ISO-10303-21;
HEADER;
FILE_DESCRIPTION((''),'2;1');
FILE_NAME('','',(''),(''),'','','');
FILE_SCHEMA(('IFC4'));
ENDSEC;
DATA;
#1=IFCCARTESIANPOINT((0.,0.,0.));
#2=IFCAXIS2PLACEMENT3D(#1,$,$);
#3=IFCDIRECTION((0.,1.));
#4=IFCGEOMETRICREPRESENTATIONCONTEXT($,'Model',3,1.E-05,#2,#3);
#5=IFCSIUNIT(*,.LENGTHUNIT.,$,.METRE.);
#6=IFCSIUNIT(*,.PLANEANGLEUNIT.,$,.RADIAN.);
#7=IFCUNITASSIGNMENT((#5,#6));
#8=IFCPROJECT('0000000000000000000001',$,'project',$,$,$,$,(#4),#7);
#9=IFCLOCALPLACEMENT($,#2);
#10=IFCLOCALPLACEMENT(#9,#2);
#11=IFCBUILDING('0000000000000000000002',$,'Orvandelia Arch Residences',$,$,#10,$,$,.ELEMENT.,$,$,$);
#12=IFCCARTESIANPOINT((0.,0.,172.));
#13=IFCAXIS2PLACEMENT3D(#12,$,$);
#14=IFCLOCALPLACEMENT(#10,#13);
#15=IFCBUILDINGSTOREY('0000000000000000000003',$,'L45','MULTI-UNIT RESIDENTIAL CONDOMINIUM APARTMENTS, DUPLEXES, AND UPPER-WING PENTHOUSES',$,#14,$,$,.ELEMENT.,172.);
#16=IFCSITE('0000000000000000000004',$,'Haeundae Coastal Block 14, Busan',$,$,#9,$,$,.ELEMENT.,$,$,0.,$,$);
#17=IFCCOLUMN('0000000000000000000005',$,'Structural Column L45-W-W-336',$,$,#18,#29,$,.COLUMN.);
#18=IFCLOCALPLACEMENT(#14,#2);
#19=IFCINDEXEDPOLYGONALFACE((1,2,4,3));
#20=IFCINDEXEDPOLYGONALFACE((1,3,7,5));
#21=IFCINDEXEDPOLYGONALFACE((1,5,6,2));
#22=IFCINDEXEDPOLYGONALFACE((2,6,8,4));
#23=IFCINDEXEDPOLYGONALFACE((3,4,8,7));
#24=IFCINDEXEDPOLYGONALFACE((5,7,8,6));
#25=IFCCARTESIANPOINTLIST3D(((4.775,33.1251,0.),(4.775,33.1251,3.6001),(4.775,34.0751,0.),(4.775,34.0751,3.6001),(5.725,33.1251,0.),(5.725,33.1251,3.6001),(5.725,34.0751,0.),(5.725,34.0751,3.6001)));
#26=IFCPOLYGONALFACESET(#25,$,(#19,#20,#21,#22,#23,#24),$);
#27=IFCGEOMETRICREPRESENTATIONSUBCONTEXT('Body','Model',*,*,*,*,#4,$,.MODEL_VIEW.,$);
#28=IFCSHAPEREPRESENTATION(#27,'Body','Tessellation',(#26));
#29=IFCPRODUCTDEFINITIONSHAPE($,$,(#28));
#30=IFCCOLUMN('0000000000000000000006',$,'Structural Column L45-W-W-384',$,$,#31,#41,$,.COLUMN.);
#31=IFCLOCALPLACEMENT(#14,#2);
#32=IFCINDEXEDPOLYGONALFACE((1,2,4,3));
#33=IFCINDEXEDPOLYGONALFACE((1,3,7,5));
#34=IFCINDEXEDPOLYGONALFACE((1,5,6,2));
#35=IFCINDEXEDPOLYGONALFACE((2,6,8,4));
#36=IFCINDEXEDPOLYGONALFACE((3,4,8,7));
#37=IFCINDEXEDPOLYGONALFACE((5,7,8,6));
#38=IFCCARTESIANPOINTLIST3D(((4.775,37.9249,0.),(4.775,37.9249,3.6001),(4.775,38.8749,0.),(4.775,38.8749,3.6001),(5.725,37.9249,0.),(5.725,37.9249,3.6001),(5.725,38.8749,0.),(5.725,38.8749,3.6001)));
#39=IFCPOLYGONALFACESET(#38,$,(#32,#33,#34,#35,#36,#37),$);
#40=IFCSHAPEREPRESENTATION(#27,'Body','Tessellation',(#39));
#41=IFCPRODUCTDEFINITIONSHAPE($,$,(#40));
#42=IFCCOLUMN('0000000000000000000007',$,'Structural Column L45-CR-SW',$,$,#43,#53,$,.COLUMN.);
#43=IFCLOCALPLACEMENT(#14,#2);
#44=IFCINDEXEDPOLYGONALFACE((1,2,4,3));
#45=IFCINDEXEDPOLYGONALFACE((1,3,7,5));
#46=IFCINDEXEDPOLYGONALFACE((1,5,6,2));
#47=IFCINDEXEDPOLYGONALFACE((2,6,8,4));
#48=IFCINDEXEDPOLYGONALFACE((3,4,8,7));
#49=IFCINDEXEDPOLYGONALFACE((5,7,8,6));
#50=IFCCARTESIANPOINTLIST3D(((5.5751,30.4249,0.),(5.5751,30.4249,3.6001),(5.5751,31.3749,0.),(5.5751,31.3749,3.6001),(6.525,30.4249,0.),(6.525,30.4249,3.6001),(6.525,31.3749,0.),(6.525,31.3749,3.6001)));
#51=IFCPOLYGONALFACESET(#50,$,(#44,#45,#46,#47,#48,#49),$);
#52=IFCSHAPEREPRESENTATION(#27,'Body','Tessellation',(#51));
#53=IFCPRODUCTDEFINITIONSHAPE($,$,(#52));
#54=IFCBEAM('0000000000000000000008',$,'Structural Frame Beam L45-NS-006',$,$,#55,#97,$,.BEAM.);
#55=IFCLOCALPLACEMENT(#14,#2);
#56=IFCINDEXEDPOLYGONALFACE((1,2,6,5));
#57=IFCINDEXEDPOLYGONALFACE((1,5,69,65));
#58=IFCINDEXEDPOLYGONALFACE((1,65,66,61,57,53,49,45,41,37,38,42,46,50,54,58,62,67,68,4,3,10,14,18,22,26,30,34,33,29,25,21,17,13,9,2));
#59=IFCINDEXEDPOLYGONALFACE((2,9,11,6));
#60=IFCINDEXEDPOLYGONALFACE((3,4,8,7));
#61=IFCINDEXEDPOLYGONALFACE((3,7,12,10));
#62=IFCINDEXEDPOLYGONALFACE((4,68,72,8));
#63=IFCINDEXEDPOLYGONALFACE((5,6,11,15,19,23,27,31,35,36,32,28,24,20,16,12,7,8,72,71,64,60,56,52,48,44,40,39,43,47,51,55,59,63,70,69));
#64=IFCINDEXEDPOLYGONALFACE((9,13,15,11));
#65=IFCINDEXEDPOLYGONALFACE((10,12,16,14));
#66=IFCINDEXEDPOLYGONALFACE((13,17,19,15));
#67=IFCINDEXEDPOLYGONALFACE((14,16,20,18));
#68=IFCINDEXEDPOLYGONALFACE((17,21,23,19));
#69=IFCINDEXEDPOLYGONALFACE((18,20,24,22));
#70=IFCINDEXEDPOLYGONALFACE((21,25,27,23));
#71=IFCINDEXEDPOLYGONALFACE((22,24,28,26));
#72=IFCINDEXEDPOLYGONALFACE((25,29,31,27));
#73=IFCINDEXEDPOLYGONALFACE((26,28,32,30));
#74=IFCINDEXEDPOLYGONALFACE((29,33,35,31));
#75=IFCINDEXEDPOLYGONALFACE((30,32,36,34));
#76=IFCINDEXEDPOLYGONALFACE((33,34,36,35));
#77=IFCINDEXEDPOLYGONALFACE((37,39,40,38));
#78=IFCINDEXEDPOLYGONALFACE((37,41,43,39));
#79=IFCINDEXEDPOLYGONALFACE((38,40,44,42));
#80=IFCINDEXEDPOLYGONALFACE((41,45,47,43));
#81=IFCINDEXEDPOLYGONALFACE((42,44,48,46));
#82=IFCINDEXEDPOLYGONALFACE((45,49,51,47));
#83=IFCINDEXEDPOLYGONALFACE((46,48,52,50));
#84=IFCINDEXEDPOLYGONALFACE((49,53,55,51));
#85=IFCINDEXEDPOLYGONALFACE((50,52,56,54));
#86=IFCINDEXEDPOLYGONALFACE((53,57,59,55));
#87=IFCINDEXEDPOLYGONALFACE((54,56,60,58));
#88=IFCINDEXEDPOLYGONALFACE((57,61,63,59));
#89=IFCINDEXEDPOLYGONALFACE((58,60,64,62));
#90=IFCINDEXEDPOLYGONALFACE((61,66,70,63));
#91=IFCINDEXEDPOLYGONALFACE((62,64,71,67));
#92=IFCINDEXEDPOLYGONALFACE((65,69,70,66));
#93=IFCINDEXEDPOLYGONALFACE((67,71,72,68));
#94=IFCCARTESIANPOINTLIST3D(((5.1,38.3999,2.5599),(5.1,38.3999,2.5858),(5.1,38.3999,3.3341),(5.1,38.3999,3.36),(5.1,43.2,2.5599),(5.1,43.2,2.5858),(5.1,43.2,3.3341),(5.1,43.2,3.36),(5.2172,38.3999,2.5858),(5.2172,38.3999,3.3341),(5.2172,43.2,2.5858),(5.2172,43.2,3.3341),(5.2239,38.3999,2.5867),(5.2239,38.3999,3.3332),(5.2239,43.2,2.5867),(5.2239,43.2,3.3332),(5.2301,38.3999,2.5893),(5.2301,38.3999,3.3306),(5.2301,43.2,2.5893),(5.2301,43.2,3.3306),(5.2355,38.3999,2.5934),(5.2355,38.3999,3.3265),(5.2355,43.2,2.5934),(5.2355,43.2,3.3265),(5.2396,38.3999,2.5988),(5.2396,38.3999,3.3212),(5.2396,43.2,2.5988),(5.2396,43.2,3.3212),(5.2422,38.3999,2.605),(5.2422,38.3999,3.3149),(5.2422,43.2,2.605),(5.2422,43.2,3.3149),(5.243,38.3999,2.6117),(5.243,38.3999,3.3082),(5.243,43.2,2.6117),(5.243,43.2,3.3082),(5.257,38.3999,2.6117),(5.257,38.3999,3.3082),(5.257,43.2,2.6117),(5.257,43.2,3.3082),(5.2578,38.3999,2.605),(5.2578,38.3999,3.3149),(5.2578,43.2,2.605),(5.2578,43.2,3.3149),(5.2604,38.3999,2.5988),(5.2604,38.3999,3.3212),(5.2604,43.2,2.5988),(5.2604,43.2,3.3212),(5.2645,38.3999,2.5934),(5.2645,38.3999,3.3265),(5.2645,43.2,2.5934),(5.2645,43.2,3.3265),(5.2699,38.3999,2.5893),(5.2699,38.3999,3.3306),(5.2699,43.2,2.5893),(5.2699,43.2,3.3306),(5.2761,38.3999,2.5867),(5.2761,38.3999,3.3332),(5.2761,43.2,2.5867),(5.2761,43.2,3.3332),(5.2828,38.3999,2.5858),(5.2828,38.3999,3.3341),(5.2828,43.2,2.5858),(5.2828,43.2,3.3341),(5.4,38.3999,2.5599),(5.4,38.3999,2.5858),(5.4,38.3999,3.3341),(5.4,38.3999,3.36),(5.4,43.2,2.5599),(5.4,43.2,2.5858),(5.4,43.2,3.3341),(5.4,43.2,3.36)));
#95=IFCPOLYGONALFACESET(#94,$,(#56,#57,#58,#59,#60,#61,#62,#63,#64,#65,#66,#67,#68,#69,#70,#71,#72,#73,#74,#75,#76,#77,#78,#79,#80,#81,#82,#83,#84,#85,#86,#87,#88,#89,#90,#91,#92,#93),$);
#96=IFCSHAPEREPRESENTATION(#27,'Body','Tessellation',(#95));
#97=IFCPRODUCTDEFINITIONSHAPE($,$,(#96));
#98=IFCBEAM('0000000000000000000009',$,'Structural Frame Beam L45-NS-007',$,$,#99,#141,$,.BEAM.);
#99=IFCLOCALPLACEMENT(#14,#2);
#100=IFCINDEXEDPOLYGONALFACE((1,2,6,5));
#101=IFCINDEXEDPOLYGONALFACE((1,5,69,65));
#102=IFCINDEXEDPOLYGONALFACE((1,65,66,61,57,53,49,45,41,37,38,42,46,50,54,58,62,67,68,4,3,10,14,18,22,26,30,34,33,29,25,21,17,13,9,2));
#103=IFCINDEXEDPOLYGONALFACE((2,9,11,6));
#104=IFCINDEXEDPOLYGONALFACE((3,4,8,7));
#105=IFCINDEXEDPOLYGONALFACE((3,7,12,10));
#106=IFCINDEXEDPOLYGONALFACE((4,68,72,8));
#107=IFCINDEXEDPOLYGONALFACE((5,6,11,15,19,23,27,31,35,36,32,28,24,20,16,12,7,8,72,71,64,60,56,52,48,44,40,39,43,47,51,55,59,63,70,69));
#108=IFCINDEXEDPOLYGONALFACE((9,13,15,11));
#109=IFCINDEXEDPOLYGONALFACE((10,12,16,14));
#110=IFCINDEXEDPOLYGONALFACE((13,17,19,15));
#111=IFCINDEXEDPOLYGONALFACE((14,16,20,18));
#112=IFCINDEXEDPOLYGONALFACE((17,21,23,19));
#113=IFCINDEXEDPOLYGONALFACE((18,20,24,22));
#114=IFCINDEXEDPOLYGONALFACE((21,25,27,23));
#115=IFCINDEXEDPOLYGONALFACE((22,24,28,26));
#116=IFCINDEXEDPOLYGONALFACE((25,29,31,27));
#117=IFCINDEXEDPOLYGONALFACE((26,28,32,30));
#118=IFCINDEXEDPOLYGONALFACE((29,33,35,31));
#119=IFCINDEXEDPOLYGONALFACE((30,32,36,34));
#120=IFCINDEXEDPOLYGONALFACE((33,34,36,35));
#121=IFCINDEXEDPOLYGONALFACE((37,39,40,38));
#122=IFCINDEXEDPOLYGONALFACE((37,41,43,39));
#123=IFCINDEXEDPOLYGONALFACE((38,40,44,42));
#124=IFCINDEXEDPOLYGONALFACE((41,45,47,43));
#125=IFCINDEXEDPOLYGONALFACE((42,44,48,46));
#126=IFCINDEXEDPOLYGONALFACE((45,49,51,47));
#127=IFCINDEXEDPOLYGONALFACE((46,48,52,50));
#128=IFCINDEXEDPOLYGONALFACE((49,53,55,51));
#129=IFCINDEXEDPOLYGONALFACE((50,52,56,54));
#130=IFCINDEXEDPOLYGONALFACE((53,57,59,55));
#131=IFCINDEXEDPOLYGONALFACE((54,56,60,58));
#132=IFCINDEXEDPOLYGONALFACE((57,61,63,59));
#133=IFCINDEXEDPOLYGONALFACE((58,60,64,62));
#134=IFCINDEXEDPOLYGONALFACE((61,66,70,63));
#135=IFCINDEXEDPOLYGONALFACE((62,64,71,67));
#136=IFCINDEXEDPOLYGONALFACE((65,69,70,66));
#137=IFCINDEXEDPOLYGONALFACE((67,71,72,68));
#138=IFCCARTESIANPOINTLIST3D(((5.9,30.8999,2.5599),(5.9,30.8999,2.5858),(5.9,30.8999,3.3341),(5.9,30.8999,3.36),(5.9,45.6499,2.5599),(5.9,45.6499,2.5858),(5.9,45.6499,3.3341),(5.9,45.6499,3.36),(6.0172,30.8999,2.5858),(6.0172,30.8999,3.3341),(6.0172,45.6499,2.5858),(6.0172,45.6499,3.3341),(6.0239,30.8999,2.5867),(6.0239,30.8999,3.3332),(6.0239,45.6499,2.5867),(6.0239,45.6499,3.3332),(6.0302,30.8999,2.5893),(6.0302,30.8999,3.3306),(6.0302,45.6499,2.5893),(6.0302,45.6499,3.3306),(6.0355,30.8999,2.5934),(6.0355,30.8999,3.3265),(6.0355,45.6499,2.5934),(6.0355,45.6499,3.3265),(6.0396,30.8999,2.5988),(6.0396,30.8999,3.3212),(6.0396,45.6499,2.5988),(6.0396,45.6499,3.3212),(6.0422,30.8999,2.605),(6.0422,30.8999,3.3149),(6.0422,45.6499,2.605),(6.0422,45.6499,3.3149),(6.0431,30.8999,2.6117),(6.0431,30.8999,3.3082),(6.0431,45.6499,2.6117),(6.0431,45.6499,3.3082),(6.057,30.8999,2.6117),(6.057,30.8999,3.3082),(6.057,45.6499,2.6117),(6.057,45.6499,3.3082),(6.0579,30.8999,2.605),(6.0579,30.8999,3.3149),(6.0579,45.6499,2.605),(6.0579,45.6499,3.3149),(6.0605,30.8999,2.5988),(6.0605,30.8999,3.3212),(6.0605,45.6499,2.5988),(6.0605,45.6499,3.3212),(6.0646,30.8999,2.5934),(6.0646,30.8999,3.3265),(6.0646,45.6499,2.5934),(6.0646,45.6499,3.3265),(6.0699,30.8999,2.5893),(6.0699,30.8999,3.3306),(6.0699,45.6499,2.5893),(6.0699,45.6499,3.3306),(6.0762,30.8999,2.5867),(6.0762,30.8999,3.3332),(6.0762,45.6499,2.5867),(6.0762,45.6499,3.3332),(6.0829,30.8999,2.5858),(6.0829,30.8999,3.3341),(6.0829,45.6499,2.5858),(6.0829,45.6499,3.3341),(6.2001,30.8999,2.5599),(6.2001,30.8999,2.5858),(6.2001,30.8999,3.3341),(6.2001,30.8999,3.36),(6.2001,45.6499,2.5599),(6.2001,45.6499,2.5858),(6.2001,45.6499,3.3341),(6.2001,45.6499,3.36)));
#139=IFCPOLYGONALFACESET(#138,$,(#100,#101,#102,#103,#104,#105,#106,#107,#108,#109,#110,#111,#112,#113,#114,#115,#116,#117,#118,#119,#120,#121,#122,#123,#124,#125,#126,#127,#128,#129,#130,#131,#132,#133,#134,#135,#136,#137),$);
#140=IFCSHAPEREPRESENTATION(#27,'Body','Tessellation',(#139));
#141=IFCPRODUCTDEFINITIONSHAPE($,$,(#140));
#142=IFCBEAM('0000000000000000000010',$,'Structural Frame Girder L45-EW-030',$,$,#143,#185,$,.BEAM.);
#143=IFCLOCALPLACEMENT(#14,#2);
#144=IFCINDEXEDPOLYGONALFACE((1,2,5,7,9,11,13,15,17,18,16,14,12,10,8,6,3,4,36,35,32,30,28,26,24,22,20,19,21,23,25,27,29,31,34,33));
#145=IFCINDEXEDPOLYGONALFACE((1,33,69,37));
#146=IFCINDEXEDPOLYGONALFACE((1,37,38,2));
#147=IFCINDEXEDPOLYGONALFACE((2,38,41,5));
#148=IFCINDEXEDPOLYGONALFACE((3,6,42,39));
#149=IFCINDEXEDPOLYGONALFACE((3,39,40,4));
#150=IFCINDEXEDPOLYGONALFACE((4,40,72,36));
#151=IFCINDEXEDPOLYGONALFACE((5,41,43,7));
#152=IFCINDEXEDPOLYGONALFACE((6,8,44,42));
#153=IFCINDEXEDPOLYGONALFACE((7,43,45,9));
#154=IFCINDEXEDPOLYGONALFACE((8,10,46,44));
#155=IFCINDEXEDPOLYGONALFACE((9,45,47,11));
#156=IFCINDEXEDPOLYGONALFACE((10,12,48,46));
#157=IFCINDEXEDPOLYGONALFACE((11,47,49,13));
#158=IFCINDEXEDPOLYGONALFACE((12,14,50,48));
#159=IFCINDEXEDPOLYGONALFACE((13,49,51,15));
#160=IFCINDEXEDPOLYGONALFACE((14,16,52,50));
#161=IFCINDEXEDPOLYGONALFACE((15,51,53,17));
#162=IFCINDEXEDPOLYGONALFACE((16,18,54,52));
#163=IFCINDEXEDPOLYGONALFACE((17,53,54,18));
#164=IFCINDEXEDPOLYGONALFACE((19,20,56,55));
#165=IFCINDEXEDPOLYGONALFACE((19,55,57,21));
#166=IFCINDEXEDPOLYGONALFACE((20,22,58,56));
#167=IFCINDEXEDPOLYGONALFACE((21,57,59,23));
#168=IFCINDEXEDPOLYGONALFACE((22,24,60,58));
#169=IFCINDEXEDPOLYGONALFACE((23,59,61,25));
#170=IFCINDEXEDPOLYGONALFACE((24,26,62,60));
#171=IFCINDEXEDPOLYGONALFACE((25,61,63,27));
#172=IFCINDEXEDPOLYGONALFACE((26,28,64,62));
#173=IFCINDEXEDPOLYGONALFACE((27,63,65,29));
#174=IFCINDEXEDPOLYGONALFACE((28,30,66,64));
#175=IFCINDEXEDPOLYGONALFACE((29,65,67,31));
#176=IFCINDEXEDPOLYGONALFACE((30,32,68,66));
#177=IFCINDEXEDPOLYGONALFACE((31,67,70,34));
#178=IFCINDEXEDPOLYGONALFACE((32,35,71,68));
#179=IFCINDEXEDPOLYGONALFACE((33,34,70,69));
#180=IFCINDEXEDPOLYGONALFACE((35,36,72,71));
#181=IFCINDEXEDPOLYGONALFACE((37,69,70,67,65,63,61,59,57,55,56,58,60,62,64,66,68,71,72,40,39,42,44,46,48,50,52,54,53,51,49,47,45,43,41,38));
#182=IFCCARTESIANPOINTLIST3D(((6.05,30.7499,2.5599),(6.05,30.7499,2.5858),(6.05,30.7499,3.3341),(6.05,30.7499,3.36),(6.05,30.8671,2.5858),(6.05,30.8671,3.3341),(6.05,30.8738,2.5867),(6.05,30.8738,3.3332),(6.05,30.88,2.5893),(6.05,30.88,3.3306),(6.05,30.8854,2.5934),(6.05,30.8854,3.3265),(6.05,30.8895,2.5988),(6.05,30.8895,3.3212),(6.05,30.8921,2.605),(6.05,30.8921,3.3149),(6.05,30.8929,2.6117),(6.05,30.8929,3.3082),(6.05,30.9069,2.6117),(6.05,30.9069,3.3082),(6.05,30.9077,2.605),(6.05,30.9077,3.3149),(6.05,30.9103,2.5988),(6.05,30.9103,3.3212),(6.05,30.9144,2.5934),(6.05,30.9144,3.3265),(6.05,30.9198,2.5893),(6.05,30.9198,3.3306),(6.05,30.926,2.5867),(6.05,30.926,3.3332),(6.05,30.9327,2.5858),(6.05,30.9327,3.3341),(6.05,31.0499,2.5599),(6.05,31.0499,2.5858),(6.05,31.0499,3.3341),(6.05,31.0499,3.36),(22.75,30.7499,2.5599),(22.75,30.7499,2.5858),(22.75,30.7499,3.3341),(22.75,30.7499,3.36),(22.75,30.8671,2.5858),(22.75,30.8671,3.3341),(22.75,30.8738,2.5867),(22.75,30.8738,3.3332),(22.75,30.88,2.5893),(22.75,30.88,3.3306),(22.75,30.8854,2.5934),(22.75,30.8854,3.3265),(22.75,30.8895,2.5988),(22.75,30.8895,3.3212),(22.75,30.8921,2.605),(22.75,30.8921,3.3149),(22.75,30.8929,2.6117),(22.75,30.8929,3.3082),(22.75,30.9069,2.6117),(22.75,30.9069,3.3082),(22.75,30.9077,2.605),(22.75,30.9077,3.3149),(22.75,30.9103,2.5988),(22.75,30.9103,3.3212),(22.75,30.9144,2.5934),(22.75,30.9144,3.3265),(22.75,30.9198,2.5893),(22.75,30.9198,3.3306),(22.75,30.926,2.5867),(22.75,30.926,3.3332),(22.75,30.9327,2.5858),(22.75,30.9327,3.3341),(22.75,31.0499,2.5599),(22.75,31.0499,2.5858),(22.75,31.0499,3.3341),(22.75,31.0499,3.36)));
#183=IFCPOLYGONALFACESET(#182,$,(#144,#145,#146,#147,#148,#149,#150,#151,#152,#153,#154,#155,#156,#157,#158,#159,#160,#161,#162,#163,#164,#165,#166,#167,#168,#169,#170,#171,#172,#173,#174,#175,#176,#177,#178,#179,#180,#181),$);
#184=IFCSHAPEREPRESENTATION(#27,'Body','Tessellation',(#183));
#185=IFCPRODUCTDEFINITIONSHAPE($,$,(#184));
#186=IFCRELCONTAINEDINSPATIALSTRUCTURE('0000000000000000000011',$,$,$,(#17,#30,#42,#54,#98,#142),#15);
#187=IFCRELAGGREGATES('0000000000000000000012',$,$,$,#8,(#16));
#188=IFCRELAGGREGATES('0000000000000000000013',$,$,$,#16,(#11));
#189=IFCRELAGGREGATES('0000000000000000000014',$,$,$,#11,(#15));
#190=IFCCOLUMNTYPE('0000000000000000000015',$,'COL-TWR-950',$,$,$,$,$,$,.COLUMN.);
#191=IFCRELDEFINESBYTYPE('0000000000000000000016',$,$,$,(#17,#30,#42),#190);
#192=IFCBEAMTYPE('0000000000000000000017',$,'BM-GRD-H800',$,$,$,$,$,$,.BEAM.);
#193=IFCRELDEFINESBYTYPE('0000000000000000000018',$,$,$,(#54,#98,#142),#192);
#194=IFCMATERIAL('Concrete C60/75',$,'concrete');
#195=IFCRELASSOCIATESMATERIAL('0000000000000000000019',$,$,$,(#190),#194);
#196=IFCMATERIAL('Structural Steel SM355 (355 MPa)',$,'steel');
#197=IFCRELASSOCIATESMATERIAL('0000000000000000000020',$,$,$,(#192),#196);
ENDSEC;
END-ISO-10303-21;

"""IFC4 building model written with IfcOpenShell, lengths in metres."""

from ifc_helpers import new_model, si_unit, direction, frame, origin, origin_2d, place, context, subcontext, project, spatial, rectangle, i_section, extrude, material, material_profile, profile_set, type_object, element, save


model = new_model("IFC4")

# Units and contexts
model_context = context("Model", 3, precision=1e-05, world=origin(), true_north=direction((0.0, 1.0)))
body_context = subcontext(model_context, "Body", "Model", "MODEL_VIEW")
ifc_project = project(units=[si_unit("LENGTHUNIT", "METRE"), si_unit("PLANEANGLEUNIT", "RADIAN")], contexts=[model_context])

# Site, building, storey
site_placement = place(None, origin())
site = spatial("IfcSite", under=ifc_project, at=site_placement, Name="Haeundae Coastal Block 14, Busan", CompositionType="ELEMENT", RefElevation=0.0)
building_placement = place(site_placement, origin())
building = spatial("IfcBuilding", under=site, at=building_placement, Name="Orvandelia Arch Residences", CompositionType="ELEMENT")
storey_placement = place(building_placement, frame((0.0, 0.0, 172.0)))
storey = spatial("IfcBuildingStorey", under=building, at=storey_placement, Name="L45", Description="MULTI-UNIT RESIDENTIAL CONDOMINIUM APARTMENTS, DUPLEXES, AND UPPER-WING PENTHOUSES", CompositionType="ELEMENT", Elevation=172.0)

# Columns
ifc_material_1 = material(Name="Concrete C60/75", Category="concrete")
ifc_material_profile_1 = material_profile(ifc_material_1, rectangle(XDim=0.95, YDim=0.95, at=origin_2d()), Name="Concrete C60/75", Category="concrete")
ifc_profile_set_1 = profile_set([ifc_material_profile_1], Name="Concrete C60/75")
column_type = type_object("IfcColumnType", Name="COL-TWR-950", PredefinedType="COLUMN", material=ifc_profile_set_1)
for number, where, z_axis, x_axis, name in (
    (1, (5.25, 33.6001, 0.0), (0.0, 0.0, 1.0), (1.0, 0.0, 0.0), "Structural Column L45-W-W-336"),
    (2, (5.25, 38.3999, 0.0), (0.0, 0.0, 1.0), (1.0, 0.0, 0.0), "Structural Column L45-W-W-384"),
    (3, (6.05, 30.8999, 0.0), (0.0, 0.0, 1.0), (1.0, 0.0, 0.0), "Structural Column L45-CR-SW"),
):
    element("IfcColumn", number, at=place(storey_placement, frame(where, z_axis=z_axis, x_axis=x_axis)), inside=storey, type_object=column_type, Name=name, PredefinedType="COLUMN", context=body_context, shape_type="SweptSolid", body=[
        extrude(rectangle(XDim=0.95, YDim=0.95, at=origin_2d()), origin(), (0.0, 0.0, 1.0), 3.6001),
    ])

# Beams
ifc_material_2 = material(Name="Structural Steel SM355 (355 MPa)", Category="steel")
ifc_material_profile_2 = material_profile(ifc_material_2, i_section(OverallWidth=0.3, OverallDepth=0.8, WebThickness=0.0139, FlangeThickness=0.0259, FilletRadius=0.0259, at=origin_2d()), Name="Structural Steel SM355 (355 MPa)", Category="steel")
ifc_profile_set_2 = profile_set([ifc_material_profile_2], Name="Structural Steel SM355 (355 MPa)")
beam_type_1 = type_object("IfcBeamType", Name="BM-GRD-H800", PredefinedType="BEAM", material=ifc_profile_set_2)
beam_1_placement = place(storey_placement, frame((5.25, 38.3999, 2.96), z_axis=(0.0, 1.0, 0.0), x_axis=(-1.0, 0.0, 0.0)))
element("IfcBeam", 4, at=beam_1_placement, inside=storey, type_object=beam_type_1, Name="Structural Frame Beam L45-NS-006", PredefinedType="BEAM", context=body_context, shape_type="SweptSolid", body=[
    extrude(i_section(OverallWidth=0.3, OverallDepth=0.8, WebThickness=0.0139, FlangeThickness=0.0259, FilletRadius=0.0259, at=origin_2d()), origin(), (0.0, 0.0, 1.0), 4.8),
])
beam_2_placement = place(storey_placement, frame((6.05, 30.8999, 2.96), z_axis=(0.0, 1.0, 0.0), x_axis=(-1.0, 0.0, 0.0)))
element("IfcBeam", 5, at=beam_2_placement, inside=storey, type_object=beam_type_1, Name="Structural Frame Beam L45-NS-007", PredefinedType="BEAM", context=body_context, shape_type="SweptSolid", body=[
    extrude(i_section(OverallWidth=0.3, OverallDepth=0.8, WebThickness=0.0139, FlangeThickness=0.0259, FilletRadius=0.0259, at=origin_2d()), origin(), (0.0, 0.0, 1.0), 14.75),
])
beam_3_placement = place(storey_placement, frame((6.05, 30.8999, 2.96), z_axis=(1.0, 0.0, 0.0), x_axis=(0.0, 1.0, 0.0)))
element("IfcBeam", 6, at=beam_3_placement, inside=storey, type_object=beam_type_1, Name="Structural Frame Girder L45-EW-030", PredefinedType="BEAM", context=body_context, shape_type="SweptSolid", body=[
    extrude(i_section(OverallWidth=0.3, OverallDepth=0.8, WebThickness=0.0139, FlangeThickness=0.0259, FilletRadius=0.0259, at=origin_2d()), origin(), (0.0, 0.0, 1.0), 16.7),
])

save(model, "model.ifc")
